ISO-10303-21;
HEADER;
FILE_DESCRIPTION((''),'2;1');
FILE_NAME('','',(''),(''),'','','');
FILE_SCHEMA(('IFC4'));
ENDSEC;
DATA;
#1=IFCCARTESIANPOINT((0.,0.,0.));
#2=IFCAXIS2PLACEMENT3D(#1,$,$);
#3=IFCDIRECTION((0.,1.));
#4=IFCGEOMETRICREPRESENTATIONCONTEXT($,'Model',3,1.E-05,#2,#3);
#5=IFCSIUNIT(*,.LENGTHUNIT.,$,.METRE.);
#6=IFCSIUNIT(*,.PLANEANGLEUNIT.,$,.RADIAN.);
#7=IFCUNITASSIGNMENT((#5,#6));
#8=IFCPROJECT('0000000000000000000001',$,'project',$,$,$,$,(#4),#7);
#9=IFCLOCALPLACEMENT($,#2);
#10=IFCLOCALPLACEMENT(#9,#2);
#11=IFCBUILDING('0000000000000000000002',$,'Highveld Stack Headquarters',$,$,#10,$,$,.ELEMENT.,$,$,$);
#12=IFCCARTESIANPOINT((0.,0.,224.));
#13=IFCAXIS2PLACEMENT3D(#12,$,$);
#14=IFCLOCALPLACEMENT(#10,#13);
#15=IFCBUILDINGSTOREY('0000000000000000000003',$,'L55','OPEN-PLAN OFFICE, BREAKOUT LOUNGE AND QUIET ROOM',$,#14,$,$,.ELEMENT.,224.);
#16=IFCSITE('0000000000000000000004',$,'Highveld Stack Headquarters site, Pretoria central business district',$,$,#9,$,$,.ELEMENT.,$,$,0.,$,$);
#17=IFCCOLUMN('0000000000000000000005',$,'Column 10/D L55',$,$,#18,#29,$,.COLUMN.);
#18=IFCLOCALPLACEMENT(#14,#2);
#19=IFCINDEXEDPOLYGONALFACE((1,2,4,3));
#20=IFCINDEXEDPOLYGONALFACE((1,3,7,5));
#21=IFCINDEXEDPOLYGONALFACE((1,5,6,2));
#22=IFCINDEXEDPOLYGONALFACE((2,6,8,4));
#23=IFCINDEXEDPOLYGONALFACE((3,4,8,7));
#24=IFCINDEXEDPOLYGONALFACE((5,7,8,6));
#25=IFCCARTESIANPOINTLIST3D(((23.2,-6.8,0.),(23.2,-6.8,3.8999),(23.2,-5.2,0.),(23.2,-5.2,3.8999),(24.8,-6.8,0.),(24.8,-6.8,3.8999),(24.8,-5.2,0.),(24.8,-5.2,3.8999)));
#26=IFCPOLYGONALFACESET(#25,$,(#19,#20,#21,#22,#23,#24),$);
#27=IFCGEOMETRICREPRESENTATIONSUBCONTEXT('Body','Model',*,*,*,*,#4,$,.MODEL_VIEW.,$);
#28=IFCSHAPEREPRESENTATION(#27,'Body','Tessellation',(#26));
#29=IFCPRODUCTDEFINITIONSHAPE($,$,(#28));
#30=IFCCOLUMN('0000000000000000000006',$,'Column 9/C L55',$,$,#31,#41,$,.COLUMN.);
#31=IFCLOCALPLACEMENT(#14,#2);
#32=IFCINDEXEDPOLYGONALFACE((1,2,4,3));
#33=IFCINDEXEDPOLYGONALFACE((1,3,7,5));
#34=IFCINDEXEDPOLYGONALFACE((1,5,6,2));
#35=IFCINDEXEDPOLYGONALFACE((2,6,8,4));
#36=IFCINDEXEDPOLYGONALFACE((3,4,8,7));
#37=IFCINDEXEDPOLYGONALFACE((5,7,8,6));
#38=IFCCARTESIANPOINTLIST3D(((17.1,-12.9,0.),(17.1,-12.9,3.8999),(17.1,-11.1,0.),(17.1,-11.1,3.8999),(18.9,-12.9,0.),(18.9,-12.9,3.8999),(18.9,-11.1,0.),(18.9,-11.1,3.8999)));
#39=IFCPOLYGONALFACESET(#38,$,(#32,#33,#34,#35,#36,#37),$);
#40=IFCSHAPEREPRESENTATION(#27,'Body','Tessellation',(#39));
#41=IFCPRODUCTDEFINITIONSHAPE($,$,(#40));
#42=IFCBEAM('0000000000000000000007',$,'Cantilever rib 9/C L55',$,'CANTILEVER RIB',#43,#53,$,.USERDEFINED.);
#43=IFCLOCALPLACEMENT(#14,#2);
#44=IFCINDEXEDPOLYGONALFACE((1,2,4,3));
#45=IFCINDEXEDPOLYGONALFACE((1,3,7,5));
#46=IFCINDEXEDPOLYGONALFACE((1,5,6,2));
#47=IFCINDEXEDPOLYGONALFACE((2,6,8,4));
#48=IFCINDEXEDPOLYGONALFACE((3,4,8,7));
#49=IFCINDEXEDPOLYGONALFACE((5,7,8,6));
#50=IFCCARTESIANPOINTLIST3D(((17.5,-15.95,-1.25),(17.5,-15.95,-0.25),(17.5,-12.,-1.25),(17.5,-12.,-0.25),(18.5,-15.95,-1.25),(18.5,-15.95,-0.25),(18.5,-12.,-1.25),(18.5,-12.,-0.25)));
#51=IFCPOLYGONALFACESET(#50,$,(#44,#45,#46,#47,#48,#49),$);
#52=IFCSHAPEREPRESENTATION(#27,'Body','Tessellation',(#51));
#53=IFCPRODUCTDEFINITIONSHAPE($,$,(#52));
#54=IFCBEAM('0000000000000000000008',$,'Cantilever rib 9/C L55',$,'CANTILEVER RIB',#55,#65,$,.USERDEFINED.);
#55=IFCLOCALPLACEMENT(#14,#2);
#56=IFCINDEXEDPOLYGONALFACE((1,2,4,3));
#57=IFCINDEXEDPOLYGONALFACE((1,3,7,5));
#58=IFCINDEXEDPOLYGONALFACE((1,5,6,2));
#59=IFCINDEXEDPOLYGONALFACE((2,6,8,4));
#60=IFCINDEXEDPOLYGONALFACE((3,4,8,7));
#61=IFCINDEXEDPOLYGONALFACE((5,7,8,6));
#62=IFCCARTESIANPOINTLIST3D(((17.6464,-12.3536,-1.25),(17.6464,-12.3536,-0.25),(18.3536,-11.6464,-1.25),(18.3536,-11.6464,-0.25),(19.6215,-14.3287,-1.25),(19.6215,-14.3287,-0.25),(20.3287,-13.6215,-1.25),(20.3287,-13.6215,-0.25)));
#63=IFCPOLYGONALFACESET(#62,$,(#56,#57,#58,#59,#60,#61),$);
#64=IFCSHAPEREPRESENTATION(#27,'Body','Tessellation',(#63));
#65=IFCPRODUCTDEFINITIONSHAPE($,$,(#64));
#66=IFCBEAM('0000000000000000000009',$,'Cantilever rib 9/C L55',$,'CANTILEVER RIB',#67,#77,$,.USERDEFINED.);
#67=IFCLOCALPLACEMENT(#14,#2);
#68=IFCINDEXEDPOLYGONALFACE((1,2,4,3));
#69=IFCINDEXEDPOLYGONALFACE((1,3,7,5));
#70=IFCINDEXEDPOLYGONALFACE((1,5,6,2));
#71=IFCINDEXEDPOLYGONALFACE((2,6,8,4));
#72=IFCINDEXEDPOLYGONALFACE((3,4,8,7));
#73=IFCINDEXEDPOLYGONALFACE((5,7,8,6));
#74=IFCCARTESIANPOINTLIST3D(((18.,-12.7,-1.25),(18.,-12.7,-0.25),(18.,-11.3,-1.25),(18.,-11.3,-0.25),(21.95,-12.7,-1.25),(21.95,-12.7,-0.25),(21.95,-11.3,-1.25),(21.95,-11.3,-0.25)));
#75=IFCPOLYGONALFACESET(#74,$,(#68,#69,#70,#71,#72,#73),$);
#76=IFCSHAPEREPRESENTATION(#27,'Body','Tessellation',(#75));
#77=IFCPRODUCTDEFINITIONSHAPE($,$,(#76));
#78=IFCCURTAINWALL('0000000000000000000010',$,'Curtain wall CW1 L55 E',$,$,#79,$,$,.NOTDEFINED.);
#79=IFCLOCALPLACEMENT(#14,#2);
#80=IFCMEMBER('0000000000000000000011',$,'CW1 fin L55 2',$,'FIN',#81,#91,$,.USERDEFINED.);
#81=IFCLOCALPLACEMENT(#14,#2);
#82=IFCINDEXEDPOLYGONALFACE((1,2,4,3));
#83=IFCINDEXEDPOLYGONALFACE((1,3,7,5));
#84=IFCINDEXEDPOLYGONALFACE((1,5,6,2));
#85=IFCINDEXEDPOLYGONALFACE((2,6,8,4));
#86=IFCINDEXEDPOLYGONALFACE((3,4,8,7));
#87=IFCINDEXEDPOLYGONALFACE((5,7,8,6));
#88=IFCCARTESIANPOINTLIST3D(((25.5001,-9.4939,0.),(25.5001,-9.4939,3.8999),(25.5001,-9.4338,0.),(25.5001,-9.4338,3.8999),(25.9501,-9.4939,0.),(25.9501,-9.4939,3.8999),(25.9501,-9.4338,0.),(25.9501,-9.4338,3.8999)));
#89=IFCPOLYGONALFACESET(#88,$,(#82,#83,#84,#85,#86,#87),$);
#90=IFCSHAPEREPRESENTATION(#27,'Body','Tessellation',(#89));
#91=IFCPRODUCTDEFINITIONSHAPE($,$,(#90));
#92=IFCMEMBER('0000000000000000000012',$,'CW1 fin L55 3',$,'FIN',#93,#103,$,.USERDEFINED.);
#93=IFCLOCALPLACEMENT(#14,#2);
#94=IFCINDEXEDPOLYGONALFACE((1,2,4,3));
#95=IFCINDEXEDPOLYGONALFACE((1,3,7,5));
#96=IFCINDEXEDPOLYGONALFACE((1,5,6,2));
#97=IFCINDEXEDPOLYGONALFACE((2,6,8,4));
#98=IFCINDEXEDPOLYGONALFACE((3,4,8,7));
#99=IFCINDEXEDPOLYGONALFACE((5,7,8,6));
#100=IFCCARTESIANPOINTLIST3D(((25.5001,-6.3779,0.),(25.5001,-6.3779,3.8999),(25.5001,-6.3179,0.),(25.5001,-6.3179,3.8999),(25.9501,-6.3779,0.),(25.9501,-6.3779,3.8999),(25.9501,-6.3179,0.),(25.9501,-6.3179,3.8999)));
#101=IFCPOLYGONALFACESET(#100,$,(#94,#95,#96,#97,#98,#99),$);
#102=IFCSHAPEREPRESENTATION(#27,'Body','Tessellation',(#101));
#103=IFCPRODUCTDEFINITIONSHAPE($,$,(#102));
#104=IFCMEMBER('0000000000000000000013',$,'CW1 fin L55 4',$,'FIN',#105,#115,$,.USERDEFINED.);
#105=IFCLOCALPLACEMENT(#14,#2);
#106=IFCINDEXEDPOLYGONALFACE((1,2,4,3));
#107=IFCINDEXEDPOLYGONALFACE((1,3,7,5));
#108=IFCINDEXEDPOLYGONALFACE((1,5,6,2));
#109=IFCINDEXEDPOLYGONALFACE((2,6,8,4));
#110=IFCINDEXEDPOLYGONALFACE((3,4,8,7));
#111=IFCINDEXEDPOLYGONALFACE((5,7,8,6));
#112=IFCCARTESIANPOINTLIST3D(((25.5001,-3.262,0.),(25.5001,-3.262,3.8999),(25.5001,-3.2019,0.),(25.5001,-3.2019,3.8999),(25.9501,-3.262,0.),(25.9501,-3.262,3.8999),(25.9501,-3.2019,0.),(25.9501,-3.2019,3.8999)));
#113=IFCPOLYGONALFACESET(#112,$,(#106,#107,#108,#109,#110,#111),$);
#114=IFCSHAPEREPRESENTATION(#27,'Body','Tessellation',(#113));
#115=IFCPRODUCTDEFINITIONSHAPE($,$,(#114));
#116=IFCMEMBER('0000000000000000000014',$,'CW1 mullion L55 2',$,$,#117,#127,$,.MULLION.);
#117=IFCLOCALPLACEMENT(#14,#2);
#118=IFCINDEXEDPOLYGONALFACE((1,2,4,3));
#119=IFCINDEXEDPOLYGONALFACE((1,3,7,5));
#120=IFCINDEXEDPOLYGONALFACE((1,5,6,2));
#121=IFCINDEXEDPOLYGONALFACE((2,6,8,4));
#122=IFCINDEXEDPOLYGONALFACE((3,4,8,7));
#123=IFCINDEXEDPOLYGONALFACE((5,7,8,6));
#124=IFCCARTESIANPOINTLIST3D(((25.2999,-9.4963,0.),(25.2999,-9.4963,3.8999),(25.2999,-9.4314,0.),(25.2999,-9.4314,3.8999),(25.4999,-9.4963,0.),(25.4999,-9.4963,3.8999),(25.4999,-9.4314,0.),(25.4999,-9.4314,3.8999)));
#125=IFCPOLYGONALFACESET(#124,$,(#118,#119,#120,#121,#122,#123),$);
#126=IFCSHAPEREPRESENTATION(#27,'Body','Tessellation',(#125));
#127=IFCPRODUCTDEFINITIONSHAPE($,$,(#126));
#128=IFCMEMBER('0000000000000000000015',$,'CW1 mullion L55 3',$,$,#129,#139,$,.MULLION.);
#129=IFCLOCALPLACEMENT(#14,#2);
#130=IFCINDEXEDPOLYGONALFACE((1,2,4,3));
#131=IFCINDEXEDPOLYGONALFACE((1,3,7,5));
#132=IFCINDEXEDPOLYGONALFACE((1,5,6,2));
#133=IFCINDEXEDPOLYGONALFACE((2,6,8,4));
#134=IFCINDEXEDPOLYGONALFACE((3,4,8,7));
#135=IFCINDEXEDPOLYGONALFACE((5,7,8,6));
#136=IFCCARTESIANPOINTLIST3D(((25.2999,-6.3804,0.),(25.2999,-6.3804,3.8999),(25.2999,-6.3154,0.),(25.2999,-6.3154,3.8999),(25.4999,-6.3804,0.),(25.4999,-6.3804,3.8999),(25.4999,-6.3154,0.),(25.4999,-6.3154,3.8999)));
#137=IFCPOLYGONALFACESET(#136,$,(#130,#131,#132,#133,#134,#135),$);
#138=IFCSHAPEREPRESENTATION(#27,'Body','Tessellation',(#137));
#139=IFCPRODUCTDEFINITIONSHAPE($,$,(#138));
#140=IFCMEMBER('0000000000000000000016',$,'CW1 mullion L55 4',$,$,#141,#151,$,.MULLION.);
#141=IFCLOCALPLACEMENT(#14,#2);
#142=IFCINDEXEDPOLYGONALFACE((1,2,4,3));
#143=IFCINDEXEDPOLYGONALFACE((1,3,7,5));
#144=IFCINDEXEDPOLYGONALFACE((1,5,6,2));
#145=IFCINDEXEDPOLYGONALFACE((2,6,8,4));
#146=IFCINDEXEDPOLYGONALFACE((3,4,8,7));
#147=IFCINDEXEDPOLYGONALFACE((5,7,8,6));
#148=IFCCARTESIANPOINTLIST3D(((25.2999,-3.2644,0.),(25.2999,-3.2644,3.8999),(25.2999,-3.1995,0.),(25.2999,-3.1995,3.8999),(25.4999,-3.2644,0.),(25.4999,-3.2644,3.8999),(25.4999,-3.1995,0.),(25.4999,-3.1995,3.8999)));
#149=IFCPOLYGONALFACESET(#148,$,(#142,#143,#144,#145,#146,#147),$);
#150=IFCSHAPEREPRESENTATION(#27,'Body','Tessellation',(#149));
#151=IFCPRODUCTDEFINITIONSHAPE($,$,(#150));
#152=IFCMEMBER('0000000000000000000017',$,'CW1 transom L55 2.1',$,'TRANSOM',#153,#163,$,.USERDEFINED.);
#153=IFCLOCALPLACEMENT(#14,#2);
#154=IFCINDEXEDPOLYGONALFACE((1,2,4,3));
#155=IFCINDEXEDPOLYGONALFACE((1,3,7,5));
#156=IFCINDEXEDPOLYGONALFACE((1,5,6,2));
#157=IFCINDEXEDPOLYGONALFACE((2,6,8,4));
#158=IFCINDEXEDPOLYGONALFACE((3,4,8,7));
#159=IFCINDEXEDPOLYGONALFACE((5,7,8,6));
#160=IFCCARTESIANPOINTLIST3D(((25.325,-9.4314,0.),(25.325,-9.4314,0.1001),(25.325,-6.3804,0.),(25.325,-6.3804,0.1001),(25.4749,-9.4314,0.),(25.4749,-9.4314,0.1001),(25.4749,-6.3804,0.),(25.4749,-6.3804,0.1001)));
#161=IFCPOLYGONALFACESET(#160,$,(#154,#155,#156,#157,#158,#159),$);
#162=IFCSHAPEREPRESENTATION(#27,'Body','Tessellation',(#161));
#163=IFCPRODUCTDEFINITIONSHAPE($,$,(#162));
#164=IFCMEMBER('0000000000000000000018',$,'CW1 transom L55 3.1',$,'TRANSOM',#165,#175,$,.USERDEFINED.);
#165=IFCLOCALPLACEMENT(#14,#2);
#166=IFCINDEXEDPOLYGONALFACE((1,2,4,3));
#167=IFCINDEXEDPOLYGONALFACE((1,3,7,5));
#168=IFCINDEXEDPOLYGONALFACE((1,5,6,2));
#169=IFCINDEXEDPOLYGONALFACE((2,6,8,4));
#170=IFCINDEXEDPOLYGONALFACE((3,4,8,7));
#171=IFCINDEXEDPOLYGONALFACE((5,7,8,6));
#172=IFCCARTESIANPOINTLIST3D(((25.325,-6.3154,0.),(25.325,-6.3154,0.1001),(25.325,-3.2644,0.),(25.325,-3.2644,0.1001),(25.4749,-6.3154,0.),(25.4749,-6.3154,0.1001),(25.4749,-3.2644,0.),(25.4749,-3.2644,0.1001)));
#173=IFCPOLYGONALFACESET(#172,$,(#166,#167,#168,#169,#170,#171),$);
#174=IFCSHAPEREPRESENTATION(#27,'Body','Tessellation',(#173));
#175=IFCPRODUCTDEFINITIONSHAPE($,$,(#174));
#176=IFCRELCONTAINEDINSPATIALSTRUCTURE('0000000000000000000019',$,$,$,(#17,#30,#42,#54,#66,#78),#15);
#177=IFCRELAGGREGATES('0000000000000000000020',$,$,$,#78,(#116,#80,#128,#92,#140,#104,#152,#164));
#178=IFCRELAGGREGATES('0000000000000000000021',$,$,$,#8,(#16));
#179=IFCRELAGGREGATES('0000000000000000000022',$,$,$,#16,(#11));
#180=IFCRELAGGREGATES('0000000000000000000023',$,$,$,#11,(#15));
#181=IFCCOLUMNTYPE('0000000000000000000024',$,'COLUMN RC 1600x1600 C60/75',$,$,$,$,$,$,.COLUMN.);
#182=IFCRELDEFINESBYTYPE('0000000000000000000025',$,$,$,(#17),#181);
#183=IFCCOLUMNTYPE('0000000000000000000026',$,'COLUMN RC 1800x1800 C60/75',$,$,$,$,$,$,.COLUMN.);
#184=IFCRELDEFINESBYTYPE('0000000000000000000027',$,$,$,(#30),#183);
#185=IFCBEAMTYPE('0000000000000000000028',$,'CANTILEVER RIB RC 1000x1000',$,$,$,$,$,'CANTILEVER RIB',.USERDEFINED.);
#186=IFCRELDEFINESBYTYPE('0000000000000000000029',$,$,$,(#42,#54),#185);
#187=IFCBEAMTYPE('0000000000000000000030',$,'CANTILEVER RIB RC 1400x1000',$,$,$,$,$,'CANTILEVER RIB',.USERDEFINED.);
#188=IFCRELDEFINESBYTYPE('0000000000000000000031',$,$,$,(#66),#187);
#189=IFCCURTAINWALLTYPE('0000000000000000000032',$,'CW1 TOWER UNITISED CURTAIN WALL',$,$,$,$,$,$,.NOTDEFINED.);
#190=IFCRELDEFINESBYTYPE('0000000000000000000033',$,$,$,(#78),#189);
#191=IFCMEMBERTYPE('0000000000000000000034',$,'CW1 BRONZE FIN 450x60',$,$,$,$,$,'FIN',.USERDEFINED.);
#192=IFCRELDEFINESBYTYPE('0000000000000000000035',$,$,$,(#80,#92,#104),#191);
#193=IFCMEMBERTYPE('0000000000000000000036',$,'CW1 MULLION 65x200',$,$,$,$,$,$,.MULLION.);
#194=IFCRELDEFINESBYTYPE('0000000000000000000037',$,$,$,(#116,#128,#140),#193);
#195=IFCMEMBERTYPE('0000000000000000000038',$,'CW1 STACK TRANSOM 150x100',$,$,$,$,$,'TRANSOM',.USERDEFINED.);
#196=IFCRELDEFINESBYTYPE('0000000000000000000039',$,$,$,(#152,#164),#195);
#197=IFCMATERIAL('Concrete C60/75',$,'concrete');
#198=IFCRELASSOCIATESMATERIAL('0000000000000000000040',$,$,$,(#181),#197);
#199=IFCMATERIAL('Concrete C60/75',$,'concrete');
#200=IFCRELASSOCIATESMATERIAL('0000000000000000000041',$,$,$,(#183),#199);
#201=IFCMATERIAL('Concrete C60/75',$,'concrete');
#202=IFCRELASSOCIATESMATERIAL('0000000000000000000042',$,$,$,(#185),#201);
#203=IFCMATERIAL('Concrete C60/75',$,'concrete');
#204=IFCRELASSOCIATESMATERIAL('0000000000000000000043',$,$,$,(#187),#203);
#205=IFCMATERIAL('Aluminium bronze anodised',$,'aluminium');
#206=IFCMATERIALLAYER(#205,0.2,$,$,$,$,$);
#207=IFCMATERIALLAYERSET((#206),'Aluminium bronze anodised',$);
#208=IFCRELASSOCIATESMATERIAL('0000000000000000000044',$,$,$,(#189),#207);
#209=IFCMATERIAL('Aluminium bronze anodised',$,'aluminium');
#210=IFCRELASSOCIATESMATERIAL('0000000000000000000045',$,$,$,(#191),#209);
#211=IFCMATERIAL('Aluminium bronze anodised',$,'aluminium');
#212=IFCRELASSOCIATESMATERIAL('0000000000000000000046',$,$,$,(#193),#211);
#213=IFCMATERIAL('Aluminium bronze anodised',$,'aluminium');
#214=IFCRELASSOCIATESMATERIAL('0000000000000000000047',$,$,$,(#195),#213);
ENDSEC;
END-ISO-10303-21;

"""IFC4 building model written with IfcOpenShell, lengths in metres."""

from ifc_helpers import new_model, si_unit, direction, frame, origin, origin_2d, place, context, subcontext, project, spatial, rectangle, extrude, material, layer, layer_set, material_profile, profile_set, type_object, element, aggregate, save


model = new_model("IFC4")

# Units and contexts
model_context = context("Model", 3, precision=1e-05, world=origin(), true_north=direction((0.0, 1.0)))
body_context = subcontext(model_context, "Body", "Model", "MODEL_VIEW")
ifc_project = project(units=[si_unit("LENGTHUNIT", "METRE"), si_unit("PLANEANGLEUNIT", "RADIAN")], contexts=[model_context])

# Site, building, storey
site_placement = place(None, origin())
site = spatial("IfcSite", under=ifc_project, at=site_placement, Name="Highveld Stack Headquarters site, Pretoria central business district", CompositionType="ELEMENT", RefElevation=0.0)
building_placement = place(site_placement, origin())
building = spatial("IfcBuilding", under=site, at=building_placement, Name="Highveld Stack Headquarters", CompositionType="ELEMENT")
storey_placement = place(building_placement, frame((0.0, 0.0, 224.0)))
storey = spatial("IfcBuildingStorey", under=building, at=storey_placement, Name="L55", Description="OPEN-PLAN OFFICE, BREAKOUT LOUNGE AND QUIET ROOM", CompositionType="ELEMENT", Elevation=224.0)

# Columns
ifc_material_1 = material(Name="Concrete C60/75", Category="concrete")
ifc_material_profile_1 = material_profile(ifc_material_1, rectangle(XDim=1.6001, YDim=1.6001, at=origin_2d()), Name="RC 1600x1600")
ifc_profile_set_1 = profile_set([ifc_material_profile_1], Name="Concrete C60/75")
column_type_1 = type_object("IfcColumnType", Name="COLUMN RC 1600x1600 C60/75", PredefinedType="COLUMN", material=ifc_profile_set_1)
column_1_placement = place(storey_placement, frame((24.0, -6.0, 0.0), z_axis=(0.0, 0.0, 1.0), x_axis=(1.0, 0.0, 0.0)))
element("IfcColumn", 1, at=column_1_placement, inside=storey, type_object=column_type_1, Name="Column 10/D L55", PredefinedType="COLUMN", context=body_context, shape_type="SweptSolid", body=[
    extrude(rectangle(XDim=1.6001, YDim=1.6001, at=origin_2d()), origin(), (0.0, 0.0, 1.0), 3.8999),
])
ifc_material_2 = material(Name="Concrete C60/75", Category="concrete")
ifc_material_profile_2 = material_profile(ifc_material_2, rectangle(XDim=1.8, YDim=1.8, at=origin_2d()), Name="RC 1800x1800")
ifc_profile_set_2 = profile_set([ifc_material_profile_2], Name="Concrete C60/75")
column_type_2 = type_object("IfcColumnType", Name="COLUMN RC 1800x1800 C60/75", PredefinedType="COLUMN", material=ifc_profile_set_2)
column_2_placement = place(storey_placement, frame((18.0, -12.0, 0.0), z_axis=(0.0, 0.0, 1.0), x_axis=(1.0, 0.0, 0.0)))
element("IfcColumn", 2, at=column_2_placement, inside=storey, type_object=column_type_2, Name="Column 9/C L55", PredefinedType="COLUMN", context=body_context, shape_type="SweptSolid", body=[
    extrude(rectangle(XDim=1.8, YDim=1.8, at=origin_2d()), origin(), (0.0, 0.0, 1.0), 3.8999),
])

# Beams
ifc_material_3 = material(Name="Concrete C60/75", Category="concrete")
ifc_material_profile_3 = material_profile(ifc_material_3, rectangle(XDim=1.0, YDim=1.0, at=origin_2d()), Name="RC 1000x1000")
ifc_profile_set_3 = profile_set([ifc_material_profile_3], Name="Concrete C60/75")
beam_type_1 = type_object("IfcBeamType", Name="CANTILEVER RIB RC 1000x1000", ElementType="CANTILEVER RIB", PredefinedType="USERDEFINED", material=ifc_profile_set_3)
beam_1_placement = place(storey_placement, frame((18.0, -12.0, -0.75), z_axis=(0.0, -1.0, 0.0), x_axis=(1.0, 0.0, 0.0)))
element("IfcBeam", 3, at=beam_1_placement, inside=storey, type_object=beam_type_1, Name="Cantilever rib 9/C L55", ObjectType="CANTILEVER RIB", PredefinedType="USERDEFINED", context=body_context, shape_type="SweptSolid", body=[
    extrude(rectangle(XDim=1.0, YDim=1.0, at=origin_2d()), origin(), (0.0, 0.0, 1.0), 3.95),
])
beam_2_placement = place(storey_placement, frame((18.0, -12.0, -0.75), z_axis=(0.707107, -0.707107, 0.0), x_axis=(0.707107, 0.707107, 0.0)))
element("IfcBeam", 4, at=beam_2_placement, inside=storey, type_object=beam_type_1, Name="Cantilever rib 9/C L55", ObjectType="CANTILEVER RIB", PredefinedType="USERDEFINED", context=body_context, shape_type="SweptSolid", body=[
    extrude(rectangle(XDim=1.0, YDim=1.0, at=origin_2d()), origin(), (0.0, 0.0, 1.0), 2.7932),
])
ifc_material_4 = material(Name="Concrete C60/75", Category="concrete")
ifc_material_profile_4 = material_profile(ifc_material_4, rectangle(XDim=1.3999, YDim=1.0, at=origin_2d()), Name="RC 1400x1000")
ifc_profile_set_4 = profile_set([ifc_material_profile_4], Name="Concrete C60/75")
beam_type_2 = type_object("IfcBeamType", Name="CANTILEVER RIB RC 1400x1000", ElementType="CANTILEVER RIB", PredefinedType="USERDEFINED", material=ifc_profile_set_4)
beam_3_placement = place(storey_placement, frame((18.0, -12.0, -0.75), z_axis=(1.0, 0.0, 0.0), x_axis=(0.0, 1.0, 0.0)))
element("IfcBeam", 5, at=beam_3_placement, inside=storey, type_object=beam_type_2, Name="Cantilever rib 9/C L55", ObjectType="CANTILEVER RIB", PredefinedType="USERDEFINED", context=body_context, shape_type="SweptSolid", body=[
    extrude(rectangle(XDim=1.3999, YDim=1.0, at=origin_2d()), origin(), (0.0, 0.0, 1.0), 3.95),
])

# Curtain wall, members
ifc_material_5 = material(Name="Aluminium bronze anodised", Category="aluminium")
ifc_layer_1 = layer(ifc_material_5, 0.2)
ifc_layer_set_1 = layer_set([ifc_layer_1], Name="Aluminium bronze anodised")
curtain_wall_type = type_object("IfcCurtainWallType", Name="CW1 TOWER UNITISED CURTAIN WALL", PredefinedType="NOTDEFINED", material=ifc_layer_set_1)
curtain_wall_placement = place(storey_placement, origin())
curtain_wall = element("IfcCurtainWall", 6, at=curtain_wall_placement, inside=storey, type_object=curtain_wall_type, Name="Curtain wall CW1 L55 E", PredefinedType="NOTDEFINED")
ifc_material_6 = material(Name="Aluminium bronze anodised", Category="aluminium")
ifc_material_profile_5 = material_profile(ifc_material_6, rectangle(XDim=0.45, YDim=0.0601, at=origin_2d()), Name="FIN 450x60")
ifc_profile_set_5 = profile_set([ifc_material_profile_5], Name="Aluminium bronze anodised")
member_type_1 = type_object("IfcMemberType", Name="CW1 BRONZE FIN 450x60", ElementType="FIN", PredefinedType="USERDEFINED", material=ifc_profile_set_5)
member_1_placement = place(storey_placement, frame((25.7251, -9.4639, 0.0), z_axis=(0.0, 0.0, 1.0), x_axis=(-1.0, 0.0, 0.0)))
member_1 = element("IfcMember", 7, at=member_1_placement, type_object=member_type_1, Name="CW1 fin L55 2", ObjectType="FIN", PredefinedType="USERDEFINED", context=body_context, shape_type="SweptSolid", body=[
    extrude(rectangle(XDim=0.45, YDim=0.0601, at=origin_2d()), origin(), (0.0, 0.0, 1.0), 3.8999),
])
member_2_placement = place(storey_placement, frame((25.7251, -6.3479, 0.0), z_axis=(0.0, 0.0, 1.0), x_axis=(-1.0, 0.0, 0.0)))
member_2 = element("IfcMember", 8, at=member_2_placement, type_object=member_type_1, Name="CW1 fin L55 3", ObjectType="FIN", PredefinedType="USERDEFINED", context=body_context, shape_type="SweptSolid", body=[
    extrude(rectangle(XDim=0.45, YDim=0.0601, at=origin_2d()), origin(), (0.0, 0.0, 1.0), 3.8999),
])
member_3_placement = place(storey_placement, frame((25.7251, -3.2319, 0.0), z_axis=(0.0, 0.0, 1.0), x_axis=(-1.0, 0.0, 0.0)))
member_3 = element("IfcMember", 9, at=member_3_placement, type_object=member_type_1, Name="CW1 fin L55 4", ObjectType="FIN", PredefinedType="USERDEFINED", context=body_context, shape_type="SweptSolid", body=[
    extrude(rectangle(XDim=0.45, YDim=0.0601, at=origin_2d()), origin(), (0.0, 0.0, 1.0), 3.8999),
])
ifc_material_7 = material(Name="Aluminium bronze anodised", Category="aluminium")
ifc_material_profile_6 = material_profile(ifc_material_7, rectangle(XDim=0.2, YDim=0.0649, at=origin_2d()), Name="CW1 MULLION 65x200")
ifc_profile_set_6 = profile_set([ifc_material_profile_6], Name="Aluminium bronze anodised")
member_type_2 = type_object("IfcMemberType", Name="CW1 MULLION 65x200", PredefinedType="MULLION", material=ifc_profile_set_6)
member_4_placement = place(storey_placement, frame((25.3999, -9.4639, 0.0), z_axis=(0.0, 0.0, 1.0), x_axis=(-1.0, 0.0, 0.0)))
member_4 = element("IfcMember", 10, at=member_4_placement, type_object=member_type_2, Name="CW1 mullion L55 2", PredefinedType="MULLION", context=body_context, shape_type="SweptSolid", body=[
    extrude(rectangle(XDim=0.2, YDim=0.0649, at=origin_2d()), origin(), (0.0, 0.0, 1.0), 3.8999),
])
member_5_placement = place(storey_placement, frame((25.3999, -6.3479, 0.0), z_axis=(0.0, 0.0, 1.0), x_axis=(-1.0, 0.0, 0.0)))
member_5 = element("IfcMember", 11, at=member_5_placement, type_object=member_type_2, Name="CW1 mullion L55 3", PredefinedType="MULLION", context=body_context, shape_type="SweptSolid", body=[
    extrude(rectangle(XDim=0.2, YDim=0.0649, at=origin_2d()), origin(), (0.0, 0.0, 1.0), 3.8999),
])
member_6_placement = place(storey_placement, frame((25.3999, -3.2319, 0.0), z_axis=(0.0, 0.0, 1.0), x_axis=(-1.0, 0.0, 0.0)))
member_6 = element("IfcMember", 12, at=member_6_placement, type_object=member_type_2, Name="CW1 mullion L55 4", PredefinedType="MULLION", context=body_context, shape_type="SweptSolid", body=[
    extrude(rectangle(XDim=0.2, YDim=0.0649, at=origin_2d()), origin(), (0.0, 0.0, 1.0), 3.8999),
])
ifc_material_8 = material(Name="Aluminium bronze anodised", Category="aluminium")
ifc_material_profile_7 = material_profile(ifc_material_8, rectangle(XDim=0.1499, YDim=0.1001, at=origin_2d()), Name="CW1 TRANSOM 150x100")
ifc_profile_set_7 = profile_set([ifc_material_profile_7], Name="Aluminium bronze anodised")
member_type_3 = type_object("IfcMemberType", Name="CW1 STACK TRANSOM 150x100", ElementType="TRANSOM", PredefinedType="USERDEFINED", material=ifc_profile_set_7)
member_7_placement = place(storey_placement, frame((25.3999, -9.4314, 0.05), z_axis=(0.0, 1.0, 0.0), x_axis=(-1.0, 0.0, 0.0)))
member_7 = element("IfcMember", 13, at=member_7_placement, type_object=member_type_3, Name="CW1 transom L55 2.1", ObjectType="TRANSOM", PredefinedType="USERDEFINED", context=body_context, shape_type="SweptSolid", body=[
    extrude(rectangle(XDim=0.1499, YDim=0.1001, at=origin_2d()), origin(), (0.0, 0.0, 1.0), 3.051),
])
member_8_placement = place(storey_placement, frame((25.3999, -6.3154, 0.05), z_axis=(0.0, 1.0, 0.0), x_axis=(-1.0, 0.0, 0.0)))
member_8 = element("IfcMember", 14, at=member_8_placement, type_object=member_type_3, Name="CW1 transom L55 3.1", ObjectType="TRANSOM", PredefinedType="USERDEFINED", context=body_context, shape_type="SweptSolid", body=[
    extrude(rectangle(XDim=0.1499, YDim=0.1001, at=origin_2d()), origin(), (0.0, 0.0, 1.0), 3.051),
])

aggregate(curtain_wall, [member_4, member_1, member_5, member_2, member_6, member_3, member_7, member_8])

save(model, "model.ifc")
